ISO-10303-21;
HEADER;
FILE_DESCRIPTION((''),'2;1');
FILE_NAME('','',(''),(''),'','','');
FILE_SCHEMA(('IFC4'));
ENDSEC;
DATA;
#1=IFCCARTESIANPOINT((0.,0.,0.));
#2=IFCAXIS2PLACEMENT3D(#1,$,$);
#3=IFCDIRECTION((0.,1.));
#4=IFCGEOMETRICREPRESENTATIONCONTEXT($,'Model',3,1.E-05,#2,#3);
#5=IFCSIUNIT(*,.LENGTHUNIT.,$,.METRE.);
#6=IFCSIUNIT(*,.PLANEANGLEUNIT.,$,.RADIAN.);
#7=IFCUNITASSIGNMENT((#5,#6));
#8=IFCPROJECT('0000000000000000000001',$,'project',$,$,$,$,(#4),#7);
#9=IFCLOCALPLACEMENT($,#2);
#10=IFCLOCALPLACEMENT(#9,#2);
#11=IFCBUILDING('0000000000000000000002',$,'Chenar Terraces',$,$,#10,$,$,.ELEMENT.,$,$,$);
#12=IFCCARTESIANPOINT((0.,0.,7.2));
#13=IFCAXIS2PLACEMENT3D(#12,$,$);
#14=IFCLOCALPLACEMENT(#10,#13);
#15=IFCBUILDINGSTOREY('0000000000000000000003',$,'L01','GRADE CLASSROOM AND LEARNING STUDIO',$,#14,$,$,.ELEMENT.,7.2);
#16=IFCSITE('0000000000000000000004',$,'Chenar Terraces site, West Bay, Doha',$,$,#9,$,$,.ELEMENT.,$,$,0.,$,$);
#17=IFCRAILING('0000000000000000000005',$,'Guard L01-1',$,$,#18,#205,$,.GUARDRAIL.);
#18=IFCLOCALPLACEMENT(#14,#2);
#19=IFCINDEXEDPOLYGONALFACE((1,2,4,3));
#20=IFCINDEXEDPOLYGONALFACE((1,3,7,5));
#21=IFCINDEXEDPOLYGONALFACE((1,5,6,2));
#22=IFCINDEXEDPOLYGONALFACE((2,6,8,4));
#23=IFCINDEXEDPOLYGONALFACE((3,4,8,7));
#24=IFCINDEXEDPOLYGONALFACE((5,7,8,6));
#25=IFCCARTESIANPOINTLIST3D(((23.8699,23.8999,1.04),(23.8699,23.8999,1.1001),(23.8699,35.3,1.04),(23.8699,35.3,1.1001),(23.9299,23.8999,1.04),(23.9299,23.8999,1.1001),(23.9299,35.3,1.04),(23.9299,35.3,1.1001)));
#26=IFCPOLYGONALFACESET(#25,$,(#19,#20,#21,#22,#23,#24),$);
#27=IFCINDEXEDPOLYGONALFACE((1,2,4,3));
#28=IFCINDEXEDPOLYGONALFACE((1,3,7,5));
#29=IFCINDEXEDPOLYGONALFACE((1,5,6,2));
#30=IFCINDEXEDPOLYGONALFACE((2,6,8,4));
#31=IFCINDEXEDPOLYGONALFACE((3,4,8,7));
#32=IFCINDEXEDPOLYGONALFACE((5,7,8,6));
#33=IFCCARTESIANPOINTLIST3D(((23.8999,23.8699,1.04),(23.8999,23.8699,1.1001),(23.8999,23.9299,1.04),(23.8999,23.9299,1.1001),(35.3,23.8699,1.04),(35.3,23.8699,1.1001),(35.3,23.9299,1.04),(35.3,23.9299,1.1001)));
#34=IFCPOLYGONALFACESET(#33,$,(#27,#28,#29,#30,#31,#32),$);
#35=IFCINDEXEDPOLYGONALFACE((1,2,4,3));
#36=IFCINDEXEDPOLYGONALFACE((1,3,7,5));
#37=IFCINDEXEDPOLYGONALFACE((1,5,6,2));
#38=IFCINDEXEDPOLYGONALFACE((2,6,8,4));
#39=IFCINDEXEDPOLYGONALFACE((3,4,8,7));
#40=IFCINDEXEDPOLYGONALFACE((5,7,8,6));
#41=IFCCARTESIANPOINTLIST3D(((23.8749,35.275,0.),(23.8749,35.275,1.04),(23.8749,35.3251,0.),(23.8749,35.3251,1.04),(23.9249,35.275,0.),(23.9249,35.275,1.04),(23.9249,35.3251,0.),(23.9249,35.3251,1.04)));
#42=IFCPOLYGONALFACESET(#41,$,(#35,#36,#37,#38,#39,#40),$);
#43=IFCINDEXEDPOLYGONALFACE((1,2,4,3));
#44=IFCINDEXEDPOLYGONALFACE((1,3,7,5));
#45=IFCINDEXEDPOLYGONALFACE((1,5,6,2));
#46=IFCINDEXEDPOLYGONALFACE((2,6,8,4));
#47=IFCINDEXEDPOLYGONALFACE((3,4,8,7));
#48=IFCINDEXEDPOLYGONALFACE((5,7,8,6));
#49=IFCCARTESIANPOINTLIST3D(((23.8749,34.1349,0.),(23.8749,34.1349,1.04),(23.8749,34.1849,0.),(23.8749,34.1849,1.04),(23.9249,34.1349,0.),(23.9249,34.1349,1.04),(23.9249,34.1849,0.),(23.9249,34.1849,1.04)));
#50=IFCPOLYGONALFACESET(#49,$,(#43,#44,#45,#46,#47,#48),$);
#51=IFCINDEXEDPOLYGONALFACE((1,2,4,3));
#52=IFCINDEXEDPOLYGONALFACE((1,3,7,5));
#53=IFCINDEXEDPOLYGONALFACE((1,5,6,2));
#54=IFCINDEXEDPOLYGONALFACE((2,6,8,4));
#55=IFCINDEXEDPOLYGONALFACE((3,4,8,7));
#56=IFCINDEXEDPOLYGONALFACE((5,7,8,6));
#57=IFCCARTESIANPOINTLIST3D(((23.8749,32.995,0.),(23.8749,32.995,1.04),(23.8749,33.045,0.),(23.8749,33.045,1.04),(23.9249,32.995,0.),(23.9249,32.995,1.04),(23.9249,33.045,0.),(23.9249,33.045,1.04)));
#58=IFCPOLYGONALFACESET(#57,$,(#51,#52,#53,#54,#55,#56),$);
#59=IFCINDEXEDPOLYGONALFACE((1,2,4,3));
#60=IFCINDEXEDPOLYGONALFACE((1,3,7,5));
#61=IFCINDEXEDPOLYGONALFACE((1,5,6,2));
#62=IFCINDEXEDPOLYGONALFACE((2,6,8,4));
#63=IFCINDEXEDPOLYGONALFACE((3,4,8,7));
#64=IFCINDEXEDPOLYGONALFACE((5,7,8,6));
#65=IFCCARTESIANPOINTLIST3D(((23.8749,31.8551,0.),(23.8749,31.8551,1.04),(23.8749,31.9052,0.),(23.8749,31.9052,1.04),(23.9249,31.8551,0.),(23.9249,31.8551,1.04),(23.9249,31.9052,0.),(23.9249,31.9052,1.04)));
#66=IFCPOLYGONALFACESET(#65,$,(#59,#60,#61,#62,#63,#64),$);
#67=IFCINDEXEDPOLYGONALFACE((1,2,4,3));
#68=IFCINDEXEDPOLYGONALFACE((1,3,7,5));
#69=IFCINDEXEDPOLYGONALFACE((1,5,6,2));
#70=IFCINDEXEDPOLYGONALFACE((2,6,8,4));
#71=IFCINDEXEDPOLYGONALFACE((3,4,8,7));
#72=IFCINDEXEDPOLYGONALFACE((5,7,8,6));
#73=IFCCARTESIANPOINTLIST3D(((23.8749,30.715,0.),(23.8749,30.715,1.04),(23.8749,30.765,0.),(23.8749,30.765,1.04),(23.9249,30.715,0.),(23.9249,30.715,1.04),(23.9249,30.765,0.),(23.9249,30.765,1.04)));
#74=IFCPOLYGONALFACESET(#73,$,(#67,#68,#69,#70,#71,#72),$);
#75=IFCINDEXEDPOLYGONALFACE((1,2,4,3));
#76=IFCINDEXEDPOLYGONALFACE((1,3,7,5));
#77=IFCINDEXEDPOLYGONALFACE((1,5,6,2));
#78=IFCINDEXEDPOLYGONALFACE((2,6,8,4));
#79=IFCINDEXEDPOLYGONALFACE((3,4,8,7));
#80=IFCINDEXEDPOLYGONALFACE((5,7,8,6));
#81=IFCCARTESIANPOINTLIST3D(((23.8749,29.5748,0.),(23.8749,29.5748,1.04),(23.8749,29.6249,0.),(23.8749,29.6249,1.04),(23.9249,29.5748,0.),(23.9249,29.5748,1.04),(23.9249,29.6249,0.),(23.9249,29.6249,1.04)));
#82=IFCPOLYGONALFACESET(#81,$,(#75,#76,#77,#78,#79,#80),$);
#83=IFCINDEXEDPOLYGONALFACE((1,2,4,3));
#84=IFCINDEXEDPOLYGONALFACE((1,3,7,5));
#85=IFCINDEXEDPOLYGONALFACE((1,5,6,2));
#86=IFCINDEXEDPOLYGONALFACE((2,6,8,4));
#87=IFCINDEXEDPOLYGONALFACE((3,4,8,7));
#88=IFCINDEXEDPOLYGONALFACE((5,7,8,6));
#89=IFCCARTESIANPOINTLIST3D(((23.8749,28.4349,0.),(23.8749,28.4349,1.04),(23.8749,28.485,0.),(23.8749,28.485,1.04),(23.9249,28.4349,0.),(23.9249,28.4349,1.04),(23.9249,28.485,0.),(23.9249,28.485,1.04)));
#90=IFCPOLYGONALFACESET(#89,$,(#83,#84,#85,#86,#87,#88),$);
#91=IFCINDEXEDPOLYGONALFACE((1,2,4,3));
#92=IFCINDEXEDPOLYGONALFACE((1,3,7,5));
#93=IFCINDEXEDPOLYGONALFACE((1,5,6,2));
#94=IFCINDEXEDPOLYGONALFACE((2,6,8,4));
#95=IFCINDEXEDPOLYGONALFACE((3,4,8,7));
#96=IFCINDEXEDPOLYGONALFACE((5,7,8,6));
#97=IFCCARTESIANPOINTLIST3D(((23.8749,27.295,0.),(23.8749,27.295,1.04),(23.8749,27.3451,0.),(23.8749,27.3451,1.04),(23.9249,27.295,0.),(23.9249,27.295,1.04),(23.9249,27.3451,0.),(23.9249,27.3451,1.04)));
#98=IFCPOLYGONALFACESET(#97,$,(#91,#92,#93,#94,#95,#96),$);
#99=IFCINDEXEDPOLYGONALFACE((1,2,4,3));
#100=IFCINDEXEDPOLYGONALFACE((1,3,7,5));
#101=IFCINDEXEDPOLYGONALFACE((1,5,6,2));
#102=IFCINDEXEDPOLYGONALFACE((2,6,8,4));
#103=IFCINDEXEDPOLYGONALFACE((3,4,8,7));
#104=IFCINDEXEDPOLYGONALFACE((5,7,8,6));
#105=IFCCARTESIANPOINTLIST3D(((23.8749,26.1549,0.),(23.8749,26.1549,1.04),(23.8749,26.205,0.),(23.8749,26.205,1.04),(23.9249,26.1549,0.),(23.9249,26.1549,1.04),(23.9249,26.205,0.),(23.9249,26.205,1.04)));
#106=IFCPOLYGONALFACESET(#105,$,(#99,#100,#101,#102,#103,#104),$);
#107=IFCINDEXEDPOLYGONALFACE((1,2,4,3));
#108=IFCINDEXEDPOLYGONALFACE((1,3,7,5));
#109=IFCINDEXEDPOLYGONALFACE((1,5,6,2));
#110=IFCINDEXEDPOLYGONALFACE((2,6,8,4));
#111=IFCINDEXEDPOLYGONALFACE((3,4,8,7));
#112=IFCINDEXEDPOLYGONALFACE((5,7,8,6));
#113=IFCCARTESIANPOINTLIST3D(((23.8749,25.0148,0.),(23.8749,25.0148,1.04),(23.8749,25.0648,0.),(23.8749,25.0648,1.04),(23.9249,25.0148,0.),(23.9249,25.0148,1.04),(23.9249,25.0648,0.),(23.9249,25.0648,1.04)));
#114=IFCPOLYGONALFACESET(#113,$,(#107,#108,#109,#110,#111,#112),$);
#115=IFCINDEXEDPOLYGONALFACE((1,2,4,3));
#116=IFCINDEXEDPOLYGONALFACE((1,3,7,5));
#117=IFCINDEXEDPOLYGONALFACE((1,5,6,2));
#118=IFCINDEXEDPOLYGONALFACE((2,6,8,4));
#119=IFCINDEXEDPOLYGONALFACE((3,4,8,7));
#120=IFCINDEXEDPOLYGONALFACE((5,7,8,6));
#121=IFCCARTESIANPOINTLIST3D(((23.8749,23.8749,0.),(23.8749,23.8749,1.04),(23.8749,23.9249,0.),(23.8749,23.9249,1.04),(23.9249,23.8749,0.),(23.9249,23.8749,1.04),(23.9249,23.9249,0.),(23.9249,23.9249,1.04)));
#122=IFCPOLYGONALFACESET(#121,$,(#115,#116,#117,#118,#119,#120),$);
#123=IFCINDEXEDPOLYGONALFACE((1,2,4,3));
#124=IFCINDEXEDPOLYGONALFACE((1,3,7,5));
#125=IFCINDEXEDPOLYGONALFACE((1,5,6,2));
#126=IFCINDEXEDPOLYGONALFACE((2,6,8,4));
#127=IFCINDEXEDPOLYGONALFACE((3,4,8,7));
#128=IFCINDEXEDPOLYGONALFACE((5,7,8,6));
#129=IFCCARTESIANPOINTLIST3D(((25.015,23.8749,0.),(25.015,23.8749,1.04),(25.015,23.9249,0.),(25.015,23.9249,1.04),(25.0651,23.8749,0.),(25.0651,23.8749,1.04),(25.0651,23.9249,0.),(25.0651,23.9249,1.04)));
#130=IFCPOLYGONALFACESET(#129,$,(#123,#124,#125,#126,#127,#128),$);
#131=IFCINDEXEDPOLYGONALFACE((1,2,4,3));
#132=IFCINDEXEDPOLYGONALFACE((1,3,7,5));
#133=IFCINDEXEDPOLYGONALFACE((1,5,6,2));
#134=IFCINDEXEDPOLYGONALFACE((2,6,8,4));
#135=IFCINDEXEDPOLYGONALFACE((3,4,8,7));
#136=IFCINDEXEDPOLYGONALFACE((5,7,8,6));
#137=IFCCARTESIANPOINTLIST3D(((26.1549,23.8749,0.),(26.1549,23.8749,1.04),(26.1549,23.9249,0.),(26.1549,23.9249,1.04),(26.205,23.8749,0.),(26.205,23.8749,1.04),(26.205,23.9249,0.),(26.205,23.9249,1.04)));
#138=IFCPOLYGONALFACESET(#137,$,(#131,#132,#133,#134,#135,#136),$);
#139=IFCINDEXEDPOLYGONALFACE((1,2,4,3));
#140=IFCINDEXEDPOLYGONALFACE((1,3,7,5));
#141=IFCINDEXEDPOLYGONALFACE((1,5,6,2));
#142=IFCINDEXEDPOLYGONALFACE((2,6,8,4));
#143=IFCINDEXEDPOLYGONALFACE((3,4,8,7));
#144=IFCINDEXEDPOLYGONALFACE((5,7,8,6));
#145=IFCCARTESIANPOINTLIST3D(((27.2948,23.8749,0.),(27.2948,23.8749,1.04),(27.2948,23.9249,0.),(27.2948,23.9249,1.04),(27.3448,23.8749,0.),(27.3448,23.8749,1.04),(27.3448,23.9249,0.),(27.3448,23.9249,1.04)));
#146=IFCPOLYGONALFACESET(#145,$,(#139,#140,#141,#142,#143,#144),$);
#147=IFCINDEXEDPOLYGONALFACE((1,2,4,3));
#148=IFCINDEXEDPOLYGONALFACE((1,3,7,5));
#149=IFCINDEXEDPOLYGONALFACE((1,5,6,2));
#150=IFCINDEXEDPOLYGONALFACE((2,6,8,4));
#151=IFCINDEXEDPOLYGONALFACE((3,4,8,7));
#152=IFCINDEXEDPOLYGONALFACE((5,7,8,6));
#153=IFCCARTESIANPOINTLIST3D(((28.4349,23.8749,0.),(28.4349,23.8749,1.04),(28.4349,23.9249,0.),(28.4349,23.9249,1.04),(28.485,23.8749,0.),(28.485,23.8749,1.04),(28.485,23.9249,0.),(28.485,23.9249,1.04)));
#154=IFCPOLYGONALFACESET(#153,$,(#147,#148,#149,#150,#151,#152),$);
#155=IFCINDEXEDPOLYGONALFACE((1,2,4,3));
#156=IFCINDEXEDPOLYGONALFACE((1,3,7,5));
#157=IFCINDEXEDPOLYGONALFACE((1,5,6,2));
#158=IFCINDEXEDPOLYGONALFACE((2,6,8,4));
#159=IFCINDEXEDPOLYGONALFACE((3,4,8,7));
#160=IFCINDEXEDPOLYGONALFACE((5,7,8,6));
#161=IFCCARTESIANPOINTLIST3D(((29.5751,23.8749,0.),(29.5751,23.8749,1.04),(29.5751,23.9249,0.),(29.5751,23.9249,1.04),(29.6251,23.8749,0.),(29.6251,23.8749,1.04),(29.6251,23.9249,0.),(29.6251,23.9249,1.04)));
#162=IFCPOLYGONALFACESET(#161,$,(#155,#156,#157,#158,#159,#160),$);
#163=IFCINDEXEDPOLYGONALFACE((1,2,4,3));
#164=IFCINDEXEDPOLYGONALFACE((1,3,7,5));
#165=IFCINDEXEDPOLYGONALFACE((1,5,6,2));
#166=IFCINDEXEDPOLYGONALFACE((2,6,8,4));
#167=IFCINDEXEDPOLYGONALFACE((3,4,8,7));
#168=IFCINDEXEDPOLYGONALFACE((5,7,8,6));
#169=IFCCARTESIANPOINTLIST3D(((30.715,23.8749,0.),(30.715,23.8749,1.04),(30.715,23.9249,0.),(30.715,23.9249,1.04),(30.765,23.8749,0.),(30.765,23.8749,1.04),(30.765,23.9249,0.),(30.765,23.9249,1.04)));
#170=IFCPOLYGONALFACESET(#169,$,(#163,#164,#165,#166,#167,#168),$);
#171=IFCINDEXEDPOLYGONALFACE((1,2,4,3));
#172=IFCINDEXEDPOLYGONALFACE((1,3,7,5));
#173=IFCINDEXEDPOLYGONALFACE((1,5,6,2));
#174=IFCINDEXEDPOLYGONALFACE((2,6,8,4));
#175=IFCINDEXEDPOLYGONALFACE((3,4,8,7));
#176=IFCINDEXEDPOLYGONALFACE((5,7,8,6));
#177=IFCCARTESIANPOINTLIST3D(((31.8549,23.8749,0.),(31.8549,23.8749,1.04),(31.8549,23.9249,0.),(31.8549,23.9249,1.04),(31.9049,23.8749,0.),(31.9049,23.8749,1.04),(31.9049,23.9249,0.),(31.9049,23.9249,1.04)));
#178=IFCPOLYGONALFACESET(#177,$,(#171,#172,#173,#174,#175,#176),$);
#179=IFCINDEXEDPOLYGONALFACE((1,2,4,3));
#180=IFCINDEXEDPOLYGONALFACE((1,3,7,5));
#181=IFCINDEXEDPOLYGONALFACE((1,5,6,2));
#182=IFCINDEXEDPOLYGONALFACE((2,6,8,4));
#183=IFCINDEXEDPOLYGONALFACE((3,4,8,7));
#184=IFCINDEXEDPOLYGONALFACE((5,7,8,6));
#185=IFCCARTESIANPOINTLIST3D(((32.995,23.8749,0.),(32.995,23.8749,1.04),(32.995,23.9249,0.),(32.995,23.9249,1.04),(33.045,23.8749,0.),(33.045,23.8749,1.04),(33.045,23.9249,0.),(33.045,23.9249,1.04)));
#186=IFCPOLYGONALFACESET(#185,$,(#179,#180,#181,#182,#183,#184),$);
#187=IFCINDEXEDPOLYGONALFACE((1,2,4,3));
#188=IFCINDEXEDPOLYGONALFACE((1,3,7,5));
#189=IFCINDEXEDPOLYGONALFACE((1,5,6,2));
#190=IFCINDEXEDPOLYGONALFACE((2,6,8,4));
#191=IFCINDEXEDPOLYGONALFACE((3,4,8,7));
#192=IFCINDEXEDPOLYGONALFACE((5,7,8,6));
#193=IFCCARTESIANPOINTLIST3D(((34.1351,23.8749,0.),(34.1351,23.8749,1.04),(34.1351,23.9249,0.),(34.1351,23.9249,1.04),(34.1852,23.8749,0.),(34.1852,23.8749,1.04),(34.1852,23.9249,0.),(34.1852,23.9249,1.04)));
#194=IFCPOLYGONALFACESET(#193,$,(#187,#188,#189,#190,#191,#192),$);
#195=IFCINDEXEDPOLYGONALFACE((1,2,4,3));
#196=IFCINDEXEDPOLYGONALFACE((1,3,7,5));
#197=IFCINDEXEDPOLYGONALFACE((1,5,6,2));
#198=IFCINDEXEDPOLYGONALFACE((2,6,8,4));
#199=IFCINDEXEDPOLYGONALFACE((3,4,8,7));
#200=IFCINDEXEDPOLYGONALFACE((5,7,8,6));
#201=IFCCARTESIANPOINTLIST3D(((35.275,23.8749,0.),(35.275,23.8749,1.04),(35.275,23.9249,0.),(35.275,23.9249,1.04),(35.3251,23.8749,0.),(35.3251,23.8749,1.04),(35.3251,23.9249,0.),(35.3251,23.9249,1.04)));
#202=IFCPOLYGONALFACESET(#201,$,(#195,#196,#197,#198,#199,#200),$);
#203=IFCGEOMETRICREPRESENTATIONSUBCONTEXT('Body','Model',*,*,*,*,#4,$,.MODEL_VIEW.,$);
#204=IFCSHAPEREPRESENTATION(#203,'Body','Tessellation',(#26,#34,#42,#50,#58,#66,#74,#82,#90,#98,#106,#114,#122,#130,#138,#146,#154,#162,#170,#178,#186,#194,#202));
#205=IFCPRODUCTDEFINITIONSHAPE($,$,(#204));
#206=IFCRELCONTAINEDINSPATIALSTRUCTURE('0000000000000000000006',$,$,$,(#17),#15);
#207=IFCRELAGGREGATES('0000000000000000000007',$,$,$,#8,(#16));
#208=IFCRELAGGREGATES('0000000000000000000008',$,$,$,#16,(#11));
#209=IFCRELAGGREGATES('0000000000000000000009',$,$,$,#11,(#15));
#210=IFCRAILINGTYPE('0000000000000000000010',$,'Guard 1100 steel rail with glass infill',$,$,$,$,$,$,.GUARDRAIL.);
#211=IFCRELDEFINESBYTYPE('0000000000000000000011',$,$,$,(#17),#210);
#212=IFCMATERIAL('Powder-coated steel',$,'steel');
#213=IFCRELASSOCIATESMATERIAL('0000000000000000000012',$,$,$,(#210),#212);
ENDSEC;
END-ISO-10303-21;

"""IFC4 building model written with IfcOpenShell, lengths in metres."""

from ifc_helpers import new_model, si_unit, direction, frame, origin, origin_2d, place, context, subcontext, project, spatial, rectangle, extrude, material, type_object, element, save


model = new_model("IFC4")

# Units and contexts
model_context = context("Model", 3, precision=1e-05, world=origin(), true_north=direction((0.0, 1.0)))
body_context = subcontext(model_context, "Body", "Model", "MODEL_VIEW")
ifc_project = project(units=[si_unit("LENGTHUNIT", "METRE"), si_unit("PLANEANGLEUNIT", "RADIAN")], contexts=[model_context])

# Site, building, storey
site_placement = place(None, origin())
site = spatial("IfcSite", under=ifc_project, at=site_placement, Name="Chenar Terraces site, West Bay, Doha", CompositionType="ELEMENT", RefElevation=0.0)
building_placement = place(site_placement, origin())
building = spatial("IfcBuilding", under=site, at=building_placement, Name="Chenar Terraces", CompositionType="ELEMENT")
storey_placement = place(building_placement, frame((0.0, 0.0, 7.2)))
storey = spatial("IfcBuildingStorey", under=building, at=storey_placement, Name="L01", Description="GRADE CLASSROOM AND LEARNING STUDIO", CompositionType="ELEMENT", Elevation=7.2)

# Railing
ifc_material_1 = material(Name="Powder-coated steel", Category="steel")
railing_type_1 = type_object("IfcRailingType", Name="Guard 1100 steel rail with glass infill", PredefinedType="GUARDRAIL", material=ifc_material_1)
railing_1_placement = place(storey_placement, frame((23.8999, 35.3, 0.0)))
element("IfcRailing", 1, at=railing_1_placement, inside=storey, type_object=railing_type_1, Name="Guard L01-1", PredefinedType="GUARDRAIL", context=body_context, shape_type="SweptSolid", body=[
    extrude(rectangle(XDim=0.0601, YDim=0.0601, at=origin_2d()), frame((0.0, 0.0, 1.0701), z_axis=(0.0, -1.0, 0.0), x_axis=(1.0, 0.0, 0.0)), (0.0, 0.0, 1.0), 11.4001),
    extrude(rectangle(XDim=0.0601, YDim=0.0601, at=origin_2d()), frame((0.0, -11.4001, 1.0701), z_axis=(1.0, 0.0, 0.0), x_axis=(0.0, 1.0, 0.0)), (0.0, 0.0, 1.0), 11.4001),
    extrude(rectangle(XDim=0.05, YDim=0.05, at=origin_2d()), origin(), (0.0, 0.0, 1.0), 1.04),
    extrude(rectangle(XDim=0.05, YDim=0.05, at=origin_2d()), frame((0.0, -1.1401, 0.0)), (0.0, 0.0, 1.0), 1.04),
    extrude(rectangle(XDim=0.05, YDim=0.05, at=origin_2d()), frame((0.0, -2.28, 0.0)), (0.0, 0.0, 1.0), 1.04),
    extrude(rectangle(XDim=0.05, YDim=0.05, at=origin_2d()), frame((0.0, -3.4199, 0.0)), (0.0, 0.0, 1.0), 1.04),
    extrude(rectangle(XDim=0.05, YDim=0.05, at=origin_2d()), frame((0.0, -4.5601, 0.0)), (0.0, 0.0, 1.0), 1.04),
    extrude(rectangle(XDim=0.05, YDim=0.05, at=origin_2d()), frame((0.0, -5.7002, 0.0)), (0.0, 0.0, 1.0), 1.04),
    extrude(rectangle(XDim=0.05, YDim=0.05, at=origin_2d()), frame((0.0, -6.8401, 0.0)), (0.0, 0.0, 1.0), 1.04),
    extrude(rectangle(XDim=0.05, YDim=0.05, at=origin_2d()), frame((0.0, -7.98, 0.0)), (0.0, 0.0, 1.0), 1.04),
    extrude(rectangle(XDim=0.05, YDim=0.05, at=origin_2d()), frame((0.0, -9.1201, 0.0)), (0.0, 0.0, 1.0), 1.04),
    extrude(rectangle(XDim=0.05, YDim=0.05, at=origin_2d()), frame((0.0, -10.2603, 0.0)), (0.0, 0.0, 1.0), 1.04),
    extrude(rectangle(XDim=0.05, YDim=0.05, at=origin_2d()), frame((0.0, -11.4001, 0.0)), (0.0, 0.0, 1.0), 1.04),
    extrude(rectangle(XDim=0.05, YDim=0.05, at=origin_2d()), frame((1.1401, -11.4001, 0.0)), (0.0, 0.0, 1.0), 1.04),
    extrude(rectangle(XDim=0.05, YDim=0.05, at=origin_2d()), frame((2.28, -11.4001, 0.0)), (0.0, 0.0, 1.0), 1.04),
    extrude(rectangle(XDim=0.05, YDim=0.05, at=origin_2d()), frame((3.4199, -11.4001, 0.0)), (0.0, 0.0, 1.0), 1.04),
    extrude(rectangle(XDim=0.05, YDim=0.05, at=origin_2d()), frame((4.5601, -11.4001, 0.0)), (0.0, 0.0, 1.0), 1.04),
    extrude(rectangle(XDim=0.05, YDim=0.05, at=origin_2d()), frame((5.7002, -11.4001, 0.0)), (0.0, 0.0, 1.0), 1.04),
    extrude(rectangle(XDim=0.05, YDim=0.05, at=origin_2d()), frame((6.8401, -11.4001, 0.0)), (0.0, 0.0, 1.0), 1.04),
    extrude(rectangle(XDim=0.05, YDim=0.05, at=origin_2d()), frame((7.98, -11.4001, 0.0)), (0.0, 0.0, 1.0), 1.04),
    extrude(rectangle(XDim=0.05, YDim=0.05, at=origin_2d()), frame((9.1201, -11.4001, 0.0)), (0.0, 0.0, 1.0), 1.04),
    extrude(rectangle(XDim=0.05, YDim=0.05, at=origin_2d()), frame((10.2603, -11.4001, 0.0)), (0.0, 0.0, 1.0), 1.04),
    extrude(rectangle(XDim=0.05, YDim=0.05, at=origin_2d()), frame((11.4001, -11.4001, 0.0)), (0.0, 0.0, 1.0), 1.04),
])

save(model, "model.ifc")
